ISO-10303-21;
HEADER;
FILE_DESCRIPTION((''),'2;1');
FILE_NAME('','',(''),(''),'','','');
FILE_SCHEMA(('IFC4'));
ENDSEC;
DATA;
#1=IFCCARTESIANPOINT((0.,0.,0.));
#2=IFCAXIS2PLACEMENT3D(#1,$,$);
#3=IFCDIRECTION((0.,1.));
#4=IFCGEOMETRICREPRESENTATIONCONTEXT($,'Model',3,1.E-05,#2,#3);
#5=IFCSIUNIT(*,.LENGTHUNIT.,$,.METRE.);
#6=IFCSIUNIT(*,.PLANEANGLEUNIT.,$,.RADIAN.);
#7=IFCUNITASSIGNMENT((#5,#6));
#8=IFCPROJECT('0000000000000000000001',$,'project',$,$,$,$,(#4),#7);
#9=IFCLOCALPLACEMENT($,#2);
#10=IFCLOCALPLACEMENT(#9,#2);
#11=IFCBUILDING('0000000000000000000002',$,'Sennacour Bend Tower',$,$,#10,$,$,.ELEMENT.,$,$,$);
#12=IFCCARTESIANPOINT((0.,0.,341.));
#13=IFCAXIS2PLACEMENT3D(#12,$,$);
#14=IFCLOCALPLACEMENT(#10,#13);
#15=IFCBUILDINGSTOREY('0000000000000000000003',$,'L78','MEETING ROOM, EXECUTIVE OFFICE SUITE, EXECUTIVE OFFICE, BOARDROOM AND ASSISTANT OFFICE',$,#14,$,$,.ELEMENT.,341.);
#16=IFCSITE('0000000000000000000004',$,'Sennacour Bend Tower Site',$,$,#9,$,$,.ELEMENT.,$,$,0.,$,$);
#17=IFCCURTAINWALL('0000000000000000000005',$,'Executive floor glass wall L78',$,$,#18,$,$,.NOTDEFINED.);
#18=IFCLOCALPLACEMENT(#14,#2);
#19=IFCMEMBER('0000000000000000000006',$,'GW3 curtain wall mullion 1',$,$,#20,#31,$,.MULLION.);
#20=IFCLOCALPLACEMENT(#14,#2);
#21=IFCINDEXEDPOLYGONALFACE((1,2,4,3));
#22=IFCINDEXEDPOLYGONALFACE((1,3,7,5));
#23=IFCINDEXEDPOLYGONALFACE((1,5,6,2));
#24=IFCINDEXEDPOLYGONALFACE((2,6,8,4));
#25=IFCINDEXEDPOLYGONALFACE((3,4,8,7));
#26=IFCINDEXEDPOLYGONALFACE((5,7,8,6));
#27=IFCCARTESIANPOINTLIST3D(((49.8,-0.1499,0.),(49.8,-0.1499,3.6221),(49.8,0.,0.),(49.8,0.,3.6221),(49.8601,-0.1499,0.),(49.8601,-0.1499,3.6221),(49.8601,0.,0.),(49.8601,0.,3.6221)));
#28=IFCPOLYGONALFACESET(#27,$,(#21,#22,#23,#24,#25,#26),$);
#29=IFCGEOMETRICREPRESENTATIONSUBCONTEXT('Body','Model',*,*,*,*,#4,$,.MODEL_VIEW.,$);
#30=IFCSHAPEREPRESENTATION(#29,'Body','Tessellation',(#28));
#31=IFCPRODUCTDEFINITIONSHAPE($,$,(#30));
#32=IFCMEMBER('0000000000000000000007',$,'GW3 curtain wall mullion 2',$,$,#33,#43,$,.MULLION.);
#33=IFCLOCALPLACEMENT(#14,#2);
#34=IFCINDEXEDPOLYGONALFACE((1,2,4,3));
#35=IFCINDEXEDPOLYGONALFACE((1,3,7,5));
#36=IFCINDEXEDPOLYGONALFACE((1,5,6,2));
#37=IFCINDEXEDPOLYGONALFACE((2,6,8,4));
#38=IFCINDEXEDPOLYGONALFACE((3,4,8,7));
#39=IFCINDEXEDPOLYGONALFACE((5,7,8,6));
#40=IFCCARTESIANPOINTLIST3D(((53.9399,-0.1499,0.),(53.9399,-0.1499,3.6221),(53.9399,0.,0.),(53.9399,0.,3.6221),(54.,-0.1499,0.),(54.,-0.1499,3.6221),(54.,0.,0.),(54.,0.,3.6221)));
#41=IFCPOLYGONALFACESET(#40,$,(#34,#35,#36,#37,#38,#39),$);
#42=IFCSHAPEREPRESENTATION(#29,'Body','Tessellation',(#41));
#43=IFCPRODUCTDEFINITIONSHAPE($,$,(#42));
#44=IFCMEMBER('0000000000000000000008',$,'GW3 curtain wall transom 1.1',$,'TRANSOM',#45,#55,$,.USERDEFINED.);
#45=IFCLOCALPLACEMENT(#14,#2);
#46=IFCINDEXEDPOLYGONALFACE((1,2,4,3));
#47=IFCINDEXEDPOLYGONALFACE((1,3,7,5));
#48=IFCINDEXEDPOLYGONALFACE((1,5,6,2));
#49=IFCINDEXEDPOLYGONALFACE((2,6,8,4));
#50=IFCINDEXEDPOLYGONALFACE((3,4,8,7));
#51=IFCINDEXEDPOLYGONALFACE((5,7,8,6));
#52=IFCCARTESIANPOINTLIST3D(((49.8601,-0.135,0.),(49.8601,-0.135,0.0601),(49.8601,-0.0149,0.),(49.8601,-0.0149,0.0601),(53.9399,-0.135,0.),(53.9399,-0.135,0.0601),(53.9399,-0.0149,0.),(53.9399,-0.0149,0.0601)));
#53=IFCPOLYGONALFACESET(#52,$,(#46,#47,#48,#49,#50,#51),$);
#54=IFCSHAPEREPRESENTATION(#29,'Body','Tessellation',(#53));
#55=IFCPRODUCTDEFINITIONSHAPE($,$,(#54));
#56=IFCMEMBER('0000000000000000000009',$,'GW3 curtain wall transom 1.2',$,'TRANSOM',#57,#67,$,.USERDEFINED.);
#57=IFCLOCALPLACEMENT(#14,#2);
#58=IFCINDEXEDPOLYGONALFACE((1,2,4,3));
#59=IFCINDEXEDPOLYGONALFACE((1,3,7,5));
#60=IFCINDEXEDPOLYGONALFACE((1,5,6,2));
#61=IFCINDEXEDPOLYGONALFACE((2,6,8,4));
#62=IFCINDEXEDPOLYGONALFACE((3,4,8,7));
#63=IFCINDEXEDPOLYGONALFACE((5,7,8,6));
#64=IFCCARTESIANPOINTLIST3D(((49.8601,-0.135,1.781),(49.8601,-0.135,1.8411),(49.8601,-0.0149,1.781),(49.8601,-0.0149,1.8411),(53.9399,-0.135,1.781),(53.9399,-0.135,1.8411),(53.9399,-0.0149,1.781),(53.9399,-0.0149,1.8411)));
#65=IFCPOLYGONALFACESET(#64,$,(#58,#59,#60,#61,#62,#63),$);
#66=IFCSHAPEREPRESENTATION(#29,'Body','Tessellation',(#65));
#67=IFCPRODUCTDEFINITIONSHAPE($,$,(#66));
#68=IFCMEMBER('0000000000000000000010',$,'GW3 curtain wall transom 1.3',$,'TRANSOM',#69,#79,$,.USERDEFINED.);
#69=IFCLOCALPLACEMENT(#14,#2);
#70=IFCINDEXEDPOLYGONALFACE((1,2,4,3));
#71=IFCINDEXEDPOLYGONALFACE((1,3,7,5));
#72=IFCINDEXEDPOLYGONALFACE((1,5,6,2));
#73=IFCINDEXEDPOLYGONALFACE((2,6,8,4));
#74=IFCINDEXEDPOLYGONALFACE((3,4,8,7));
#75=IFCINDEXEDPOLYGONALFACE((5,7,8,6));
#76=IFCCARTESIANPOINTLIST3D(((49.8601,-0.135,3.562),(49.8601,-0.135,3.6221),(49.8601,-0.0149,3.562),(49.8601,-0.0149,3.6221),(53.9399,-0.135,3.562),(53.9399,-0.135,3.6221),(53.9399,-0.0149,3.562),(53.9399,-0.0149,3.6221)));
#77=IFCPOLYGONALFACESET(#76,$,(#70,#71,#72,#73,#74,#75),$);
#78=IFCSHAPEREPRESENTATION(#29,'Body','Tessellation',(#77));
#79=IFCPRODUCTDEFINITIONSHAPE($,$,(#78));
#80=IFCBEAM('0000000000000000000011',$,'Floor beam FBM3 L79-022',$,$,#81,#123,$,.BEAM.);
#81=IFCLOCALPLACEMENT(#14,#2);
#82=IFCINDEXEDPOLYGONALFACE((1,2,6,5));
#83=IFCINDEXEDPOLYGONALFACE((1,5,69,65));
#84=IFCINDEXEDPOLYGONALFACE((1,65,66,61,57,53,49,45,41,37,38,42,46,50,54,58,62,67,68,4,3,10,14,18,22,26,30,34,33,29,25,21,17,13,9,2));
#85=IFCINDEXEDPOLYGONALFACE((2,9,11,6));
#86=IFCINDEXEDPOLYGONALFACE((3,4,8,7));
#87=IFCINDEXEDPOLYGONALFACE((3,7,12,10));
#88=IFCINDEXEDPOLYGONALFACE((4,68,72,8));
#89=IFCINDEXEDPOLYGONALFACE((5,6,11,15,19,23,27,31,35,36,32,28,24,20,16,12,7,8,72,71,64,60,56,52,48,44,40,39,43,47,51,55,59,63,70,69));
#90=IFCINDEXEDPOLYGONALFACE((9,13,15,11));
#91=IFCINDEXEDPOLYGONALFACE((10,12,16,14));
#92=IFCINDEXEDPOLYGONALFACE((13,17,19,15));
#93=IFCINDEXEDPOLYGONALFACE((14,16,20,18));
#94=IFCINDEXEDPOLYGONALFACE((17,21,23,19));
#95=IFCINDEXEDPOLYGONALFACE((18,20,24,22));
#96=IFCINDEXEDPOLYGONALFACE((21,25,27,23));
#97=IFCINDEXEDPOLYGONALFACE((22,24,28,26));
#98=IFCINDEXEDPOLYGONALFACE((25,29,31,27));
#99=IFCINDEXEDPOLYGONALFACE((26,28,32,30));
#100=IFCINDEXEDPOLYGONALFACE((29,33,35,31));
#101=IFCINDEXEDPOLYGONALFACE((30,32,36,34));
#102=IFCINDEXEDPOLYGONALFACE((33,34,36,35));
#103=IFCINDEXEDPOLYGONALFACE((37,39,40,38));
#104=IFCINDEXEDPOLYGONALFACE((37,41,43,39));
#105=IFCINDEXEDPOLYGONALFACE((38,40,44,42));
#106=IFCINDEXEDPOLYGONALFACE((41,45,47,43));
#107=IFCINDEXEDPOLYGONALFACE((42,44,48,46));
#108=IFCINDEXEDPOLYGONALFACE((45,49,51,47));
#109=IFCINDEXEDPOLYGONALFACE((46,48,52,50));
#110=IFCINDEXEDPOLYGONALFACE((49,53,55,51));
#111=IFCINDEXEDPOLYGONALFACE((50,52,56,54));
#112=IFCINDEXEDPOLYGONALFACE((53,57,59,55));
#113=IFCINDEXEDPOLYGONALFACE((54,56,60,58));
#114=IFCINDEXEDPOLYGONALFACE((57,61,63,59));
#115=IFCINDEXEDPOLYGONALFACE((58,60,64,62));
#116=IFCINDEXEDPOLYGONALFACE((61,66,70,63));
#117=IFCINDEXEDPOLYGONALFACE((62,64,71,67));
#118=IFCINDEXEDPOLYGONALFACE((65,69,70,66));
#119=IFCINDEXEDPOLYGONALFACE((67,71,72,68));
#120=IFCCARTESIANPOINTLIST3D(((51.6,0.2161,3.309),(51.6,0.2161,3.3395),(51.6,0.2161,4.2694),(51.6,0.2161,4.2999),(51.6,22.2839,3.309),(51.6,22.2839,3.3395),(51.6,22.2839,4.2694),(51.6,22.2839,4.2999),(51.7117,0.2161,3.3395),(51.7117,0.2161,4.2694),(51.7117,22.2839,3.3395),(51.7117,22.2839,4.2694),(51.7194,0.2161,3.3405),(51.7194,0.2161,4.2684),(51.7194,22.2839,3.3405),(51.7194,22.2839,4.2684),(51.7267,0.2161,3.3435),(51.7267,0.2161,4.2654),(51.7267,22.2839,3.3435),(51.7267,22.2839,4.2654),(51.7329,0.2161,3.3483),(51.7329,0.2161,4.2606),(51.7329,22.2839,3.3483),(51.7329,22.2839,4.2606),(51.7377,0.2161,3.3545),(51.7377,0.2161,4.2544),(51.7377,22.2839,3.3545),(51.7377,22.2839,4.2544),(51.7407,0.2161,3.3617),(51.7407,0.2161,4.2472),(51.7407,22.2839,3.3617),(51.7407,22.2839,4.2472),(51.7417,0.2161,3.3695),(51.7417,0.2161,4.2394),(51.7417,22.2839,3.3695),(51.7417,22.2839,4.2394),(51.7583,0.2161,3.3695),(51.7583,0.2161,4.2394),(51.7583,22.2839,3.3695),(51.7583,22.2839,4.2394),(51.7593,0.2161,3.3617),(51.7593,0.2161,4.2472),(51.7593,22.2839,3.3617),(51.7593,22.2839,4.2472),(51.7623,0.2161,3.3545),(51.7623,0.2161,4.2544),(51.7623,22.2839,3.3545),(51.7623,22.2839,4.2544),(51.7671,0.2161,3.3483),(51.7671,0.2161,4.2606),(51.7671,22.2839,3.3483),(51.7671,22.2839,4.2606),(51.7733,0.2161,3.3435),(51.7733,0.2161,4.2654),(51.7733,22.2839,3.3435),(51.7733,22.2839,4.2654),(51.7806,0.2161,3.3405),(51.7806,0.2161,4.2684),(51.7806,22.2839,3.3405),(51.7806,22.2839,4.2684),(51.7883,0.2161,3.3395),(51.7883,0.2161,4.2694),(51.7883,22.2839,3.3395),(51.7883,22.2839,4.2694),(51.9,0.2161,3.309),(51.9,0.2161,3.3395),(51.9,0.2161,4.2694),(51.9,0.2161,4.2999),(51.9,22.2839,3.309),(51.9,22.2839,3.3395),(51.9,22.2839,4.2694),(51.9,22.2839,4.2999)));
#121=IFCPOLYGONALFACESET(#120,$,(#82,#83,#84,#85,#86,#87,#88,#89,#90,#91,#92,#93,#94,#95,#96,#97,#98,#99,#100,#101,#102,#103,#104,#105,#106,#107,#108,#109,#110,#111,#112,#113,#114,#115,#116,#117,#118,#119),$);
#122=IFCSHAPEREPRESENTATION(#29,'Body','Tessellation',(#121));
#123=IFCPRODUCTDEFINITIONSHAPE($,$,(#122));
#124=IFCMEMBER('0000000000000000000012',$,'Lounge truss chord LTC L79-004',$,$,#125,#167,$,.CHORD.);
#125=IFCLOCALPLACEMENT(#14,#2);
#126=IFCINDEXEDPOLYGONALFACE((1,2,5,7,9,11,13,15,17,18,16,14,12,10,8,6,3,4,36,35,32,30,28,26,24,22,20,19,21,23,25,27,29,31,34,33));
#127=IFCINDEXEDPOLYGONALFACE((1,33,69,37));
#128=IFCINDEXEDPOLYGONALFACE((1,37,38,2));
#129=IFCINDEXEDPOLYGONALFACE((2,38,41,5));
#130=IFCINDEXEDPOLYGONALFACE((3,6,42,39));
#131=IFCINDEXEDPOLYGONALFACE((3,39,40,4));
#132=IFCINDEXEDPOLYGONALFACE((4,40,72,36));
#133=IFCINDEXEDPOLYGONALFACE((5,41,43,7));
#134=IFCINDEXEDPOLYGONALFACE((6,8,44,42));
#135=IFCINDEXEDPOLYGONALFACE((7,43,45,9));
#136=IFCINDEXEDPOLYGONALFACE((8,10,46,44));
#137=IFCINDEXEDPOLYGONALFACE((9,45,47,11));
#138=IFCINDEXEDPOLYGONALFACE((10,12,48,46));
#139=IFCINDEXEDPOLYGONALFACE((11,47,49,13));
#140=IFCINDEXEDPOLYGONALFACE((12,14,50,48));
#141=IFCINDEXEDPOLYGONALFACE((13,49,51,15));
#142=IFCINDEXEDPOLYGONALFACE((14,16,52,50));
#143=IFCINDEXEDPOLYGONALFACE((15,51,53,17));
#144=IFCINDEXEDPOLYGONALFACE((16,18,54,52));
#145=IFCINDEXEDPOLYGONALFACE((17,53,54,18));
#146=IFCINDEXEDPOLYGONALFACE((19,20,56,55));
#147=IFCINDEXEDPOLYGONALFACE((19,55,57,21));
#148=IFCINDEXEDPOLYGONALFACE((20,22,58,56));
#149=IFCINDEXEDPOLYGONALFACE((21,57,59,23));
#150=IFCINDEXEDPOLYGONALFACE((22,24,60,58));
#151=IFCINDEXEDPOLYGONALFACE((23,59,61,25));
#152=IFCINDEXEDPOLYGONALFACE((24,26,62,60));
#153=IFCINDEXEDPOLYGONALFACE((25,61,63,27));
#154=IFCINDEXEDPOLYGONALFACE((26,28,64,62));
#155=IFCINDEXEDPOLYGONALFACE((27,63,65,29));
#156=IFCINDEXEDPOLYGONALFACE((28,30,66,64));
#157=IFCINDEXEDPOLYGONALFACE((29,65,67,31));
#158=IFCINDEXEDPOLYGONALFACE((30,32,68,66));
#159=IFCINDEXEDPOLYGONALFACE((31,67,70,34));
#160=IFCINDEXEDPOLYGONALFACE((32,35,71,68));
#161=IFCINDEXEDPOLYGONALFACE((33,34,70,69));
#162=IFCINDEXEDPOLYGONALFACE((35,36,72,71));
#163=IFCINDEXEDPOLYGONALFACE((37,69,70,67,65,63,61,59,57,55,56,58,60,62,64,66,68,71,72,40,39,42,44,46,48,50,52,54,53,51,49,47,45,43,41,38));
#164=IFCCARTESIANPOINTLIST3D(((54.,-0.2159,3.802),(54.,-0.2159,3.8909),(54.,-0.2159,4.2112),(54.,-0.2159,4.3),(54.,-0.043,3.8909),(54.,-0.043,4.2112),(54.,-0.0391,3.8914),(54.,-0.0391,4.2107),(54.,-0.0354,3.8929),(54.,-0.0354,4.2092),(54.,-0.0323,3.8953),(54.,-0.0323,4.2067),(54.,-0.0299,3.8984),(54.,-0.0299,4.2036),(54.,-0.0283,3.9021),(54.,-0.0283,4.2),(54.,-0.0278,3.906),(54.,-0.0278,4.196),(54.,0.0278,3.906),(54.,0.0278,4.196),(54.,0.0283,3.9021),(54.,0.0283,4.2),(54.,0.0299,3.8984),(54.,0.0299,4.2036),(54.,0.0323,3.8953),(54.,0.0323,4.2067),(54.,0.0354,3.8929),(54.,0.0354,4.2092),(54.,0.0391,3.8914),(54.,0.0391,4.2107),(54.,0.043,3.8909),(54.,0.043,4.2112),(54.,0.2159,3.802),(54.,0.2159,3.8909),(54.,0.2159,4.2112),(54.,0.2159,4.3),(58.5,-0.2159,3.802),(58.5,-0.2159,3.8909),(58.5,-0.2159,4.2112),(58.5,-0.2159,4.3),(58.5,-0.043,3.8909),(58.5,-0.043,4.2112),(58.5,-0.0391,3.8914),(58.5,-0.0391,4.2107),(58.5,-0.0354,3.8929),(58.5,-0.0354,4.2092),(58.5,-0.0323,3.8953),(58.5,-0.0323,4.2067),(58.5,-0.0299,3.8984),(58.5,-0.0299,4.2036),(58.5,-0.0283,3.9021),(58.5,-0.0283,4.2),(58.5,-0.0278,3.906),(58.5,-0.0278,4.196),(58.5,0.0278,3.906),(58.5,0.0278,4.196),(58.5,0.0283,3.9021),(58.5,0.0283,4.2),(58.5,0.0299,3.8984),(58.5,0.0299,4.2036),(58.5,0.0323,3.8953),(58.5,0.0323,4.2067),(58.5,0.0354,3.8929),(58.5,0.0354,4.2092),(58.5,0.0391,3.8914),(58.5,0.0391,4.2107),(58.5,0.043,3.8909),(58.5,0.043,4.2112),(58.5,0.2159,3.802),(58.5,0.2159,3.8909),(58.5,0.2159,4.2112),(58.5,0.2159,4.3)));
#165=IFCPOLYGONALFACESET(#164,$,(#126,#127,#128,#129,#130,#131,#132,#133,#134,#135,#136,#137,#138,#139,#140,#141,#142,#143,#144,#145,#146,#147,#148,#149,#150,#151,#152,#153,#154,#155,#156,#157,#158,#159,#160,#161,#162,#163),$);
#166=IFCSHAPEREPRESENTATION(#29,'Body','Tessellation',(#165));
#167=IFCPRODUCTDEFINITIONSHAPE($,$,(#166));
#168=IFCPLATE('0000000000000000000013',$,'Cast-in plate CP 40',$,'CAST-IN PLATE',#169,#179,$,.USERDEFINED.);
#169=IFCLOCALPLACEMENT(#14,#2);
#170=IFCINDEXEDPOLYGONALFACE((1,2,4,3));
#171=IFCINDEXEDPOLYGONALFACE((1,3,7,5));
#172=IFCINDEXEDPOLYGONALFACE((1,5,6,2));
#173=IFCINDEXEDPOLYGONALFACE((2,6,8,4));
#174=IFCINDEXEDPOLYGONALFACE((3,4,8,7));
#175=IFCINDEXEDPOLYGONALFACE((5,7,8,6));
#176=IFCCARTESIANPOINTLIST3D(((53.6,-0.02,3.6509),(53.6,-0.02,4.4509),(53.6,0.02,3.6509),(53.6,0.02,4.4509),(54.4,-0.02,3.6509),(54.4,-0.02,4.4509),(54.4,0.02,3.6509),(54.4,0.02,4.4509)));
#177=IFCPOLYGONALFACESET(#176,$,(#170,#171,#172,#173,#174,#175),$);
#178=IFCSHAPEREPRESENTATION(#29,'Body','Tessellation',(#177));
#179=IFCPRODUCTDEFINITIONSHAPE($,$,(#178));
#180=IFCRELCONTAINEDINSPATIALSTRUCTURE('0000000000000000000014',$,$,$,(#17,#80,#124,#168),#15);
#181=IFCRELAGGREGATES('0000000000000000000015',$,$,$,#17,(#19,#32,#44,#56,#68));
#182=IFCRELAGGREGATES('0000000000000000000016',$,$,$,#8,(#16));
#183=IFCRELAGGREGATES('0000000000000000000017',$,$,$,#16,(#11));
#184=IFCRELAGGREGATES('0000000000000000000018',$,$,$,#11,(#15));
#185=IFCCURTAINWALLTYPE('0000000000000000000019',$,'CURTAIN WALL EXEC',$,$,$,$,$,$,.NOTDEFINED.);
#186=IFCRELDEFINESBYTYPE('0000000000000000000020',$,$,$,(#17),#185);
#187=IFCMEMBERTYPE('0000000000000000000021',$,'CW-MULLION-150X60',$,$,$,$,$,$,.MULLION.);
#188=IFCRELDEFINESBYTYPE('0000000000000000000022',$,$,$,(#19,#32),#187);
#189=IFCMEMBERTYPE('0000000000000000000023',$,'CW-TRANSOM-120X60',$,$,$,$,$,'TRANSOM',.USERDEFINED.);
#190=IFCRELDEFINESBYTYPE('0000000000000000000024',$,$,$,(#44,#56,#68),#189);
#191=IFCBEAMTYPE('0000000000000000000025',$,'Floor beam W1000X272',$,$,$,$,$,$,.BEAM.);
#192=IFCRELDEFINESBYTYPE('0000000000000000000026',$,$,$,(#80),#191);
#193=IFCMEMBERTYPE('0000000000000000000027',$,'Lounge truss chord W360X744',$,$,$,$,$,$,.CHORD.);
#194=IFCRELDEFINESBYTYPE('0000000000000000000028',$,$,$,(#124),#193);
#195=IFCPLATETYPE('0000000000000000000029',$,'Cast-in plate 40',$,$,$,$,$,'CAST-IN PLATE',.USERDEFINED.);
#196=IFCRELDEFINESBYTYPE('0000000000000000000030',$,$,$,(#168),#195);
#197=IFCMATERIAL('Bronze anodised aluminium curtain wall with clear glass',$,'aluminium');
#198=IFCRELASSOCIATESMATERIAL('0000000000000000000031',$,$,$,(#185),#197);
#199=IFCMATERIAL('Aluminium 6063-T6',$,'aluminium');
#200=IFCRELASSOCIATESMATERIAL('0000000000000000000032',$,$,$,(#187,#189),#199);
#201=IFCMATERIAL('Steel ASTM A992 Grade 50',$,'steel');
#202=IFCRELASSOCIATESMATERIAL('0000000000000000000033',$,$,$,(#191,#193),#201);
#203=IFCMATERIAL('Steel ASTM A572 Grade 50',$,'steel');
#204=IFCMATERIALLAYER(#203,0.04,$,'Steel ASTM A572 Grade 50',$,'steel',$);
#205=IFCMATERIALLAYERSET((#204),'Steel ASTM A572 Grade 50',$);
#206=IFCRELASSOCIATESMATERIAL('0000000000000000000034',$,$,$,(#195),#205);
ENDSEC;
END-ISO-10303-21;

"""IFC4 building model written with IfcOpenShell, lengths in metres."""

from ifc_helpers import new_model, si_unit, direction, frame, origin, origin_2d, place, context, subcontext, project, spatial, rectangle, i_section, extrude, material, layer, layer_set, material_profile, profile_set, type_object, element, aggregate, save


model = new_model("IFC4")

# Units and contexts
model_context = context("Model", 3, precision=1e-05, world=origin(), true_north=direction((0.0, 1.0)))
body_context = subcontext(model_context, "Body", "Model", "MODEL_VIEW")
ifc_project = project(units=[si_unit("LENGTHUNIT", "METRE"), si_unit("PLANEANGLEUNIT", "RADIAN")], contexts=[model_context])

# Site, building, storey
site_placement = place(None, origin())
site = spatial("IfcSite", under=ifc_project, at=site_placement, Name="Sennacour Bend Tower Site", CompositionType="ELEMENT", RefElevation=0.0)
building_placement = place(site_placement, origin())
building = spatial("IfcBuilding", under=site, at=building_placement, Name="Sennacour Bend Tower", CompositionType="ELEMENT")
storey_placement = place(building_placement, frame((0.0, 0.0, 341.0)))
storey = spatial("IfcBuildingStorey", under=building, at=storey_placement, Name="L78", Description="MEETING ROOM, EXECUTIVE OFFICE SUITE, EXECUTIVE OFFICE, BOARDROOM AND ASSISTANT OFFICE", CompositionType="ELEMENT", Elevation=341.0)

# Curtain wall, members
ifc_material_1 = material(Name="Bronze anodised aluminium curtain wall with clear glass", Category="aluminium")
curtain_wall_type = type_object("IfcCurtainWallType", Name="CURTAIN WALL EXEC", PredefinedType="NOTDEFINED", material=ifc_material_1)
curtain_wall_placement = place(storey_placement, origin())
curtain_wall = element("IfcCurtainWall", 1, at=curtain_wall_placement, inside=storey, type_object=curtain_wall_type, Name="Executive floor glass wall L78", PredefinedType="NOTDEFINED")
ifc_material_2 = material(Name="Aluminium 6063-T6", Category="aluminium")
ifc_material_profile_1 = material_profile(ifc_material_2, rectangle(XDim=0.1499, YDim=0.0601, at=origin_2d()), Name="Aluminium 6063-T6", Category="aluminium")
ifc_profile_set_1 = profile_set([ifc_material_profile_1], Name="Aluminium 6063-T6")
member_type_1 = type_object("IfcMemberType", Name="CW-MULLION-150X60", PredefinedType="MULLION", material=ifc_profile_set_1)
member_1_placement = place(storey_placement, frame((49.8301, -0.075, 0.0), z_axis=(0.0, 0.0, 1.0), x_axis=(0.0, 1.0, 0.0)))
member_1 = element("IfcMember", 2, at=member_1_placement, type_object=member_type_1, Name="GW3 curtain wall mullion 1", PredefinedType="MULLION", context=body_context, shape_type="SweptSolid", body=[
    extrude(rectangle(XDim=0.1499, YDim=0.0601, at=origin_2d()), origin(), (0.0, 0.0, 1.0), 3.6221),
])
member_2_placement = place(storey_placement, frame((53.97, -0.075, 0.0), z_axis=(0.0, 0.0, 1.0), x_axis=(0.0, 1.0, 0.0)))
member_2 = element("IfcMember", 3, at=member_2_placement, type_object=member_type_1, Name="GW3 curtain wall mullion 2", PredefinedType="MULLION", context=body_context, shape_type="SweptSolid", body=[
    extrude(rectangle(XDim=0.1499, YDim=0.0601, at=origin_2d()), origin(), (0.0, 0.0, 1.0), 3.6221),
])
ifc_material_profile_2 = material_profile(ifc_material_2, rectangle(XDim=0.1201, YDim=0.0601, at=origin_2d()), Name="Aluminium 6063-T6", Category="aluminium")
ifc_profile_set_2 = profile_set([ifc_material_profile_2], Name="Aluminium 6063-T6")
member_type_2 = type_object("IfcMemberType", Name="CW-TRANSOM-120X60", ElementType="TRANSOM", PredefinedType="USERDEFINED", material=ifc_profile_set_2)
member_3_placement = place(storey_placement, frame((49.8601, -0.075, 0.03), z_axis=(1.0, 0.0, 0.0), x_axis=(0.0, 1.0, 0.0)))
member_3 = element("IfcMember", 4, at=member_3_placement, type_object=member_type_2, Name="GW3 curtain wall transom 1.1", ObjectType="TRANSOM", PredefinedType="USERDEFINED", context=body_context, shape_type="SweptSolid", body=[
    extrude(rectangle(XDim=0.1201, YDim=0.0601, at=origin_2d()), origin(), (0.0, 0.0, 1.0), 4.0798),
])
member_4_placement = place(storey_placement, frame((49.8601, -0.075, 1.811), z_axis=(1.0, 0.0, 0.0), x_axis=(0.0, 1.0, 0.0)))
member_4 = element("IfcMember", 5, at=member_4_placement, type_object=member_type_2, Name="GW3 curtain wall transom 1.2", ObjectType="TRANSOM", PredefinedType="USERDEFINED", context=body_context, shape_type="SweptSolid", body=[
    extrude(rectangle(XDim=0.1201, YDim=0.0601, at=origin_2d()), origin(), (0.0, 0.0, 1.0), 4.0798),
])
member_5_placement = place(storey_placement, frame((49.8601, -0.075, 3.592), z_axis=(1.0, 0.0, 0.0), x_axis=(0.0, 1.0, 0.0)))
member_5 = element("IfcMember", 6, at=member_5_placement, type_object=member_type_2, Name="GW3 curtain wall transom 1.3", ObjectType="TRANSOM", PredefinedType="USERDEFINED", context=body_context, shape_type="SweptSolid", body=[
    extrude(rectangle(XDim=0.1201, YDim=0.0601, at=origin_2d()), origin(), (0.0, 0.0, 1.0), 4.0798),
])

# Beam
ifc_material_3 = material(Name="Steel ASTM A992 Grade 50", Category="steel")
ifc_material_profile_3 = material_profile(ifc_material_3, i_section(OverallWidth=0.3, OverallDepth=0.991, WebThickness=0.0166, FlangeThickness=0.0305, FilletRadius=0.03, at=origin_2d()), Name="Steel ASTM A992 Grade 50", Category="steel")
ifc_profile_set_3 = profile_set([ifc_material_profile_3], Name="Steel ASTM A992 Grade 50")
beam_type = type_object("IfcBeamType", Name="Floor beam W1000X272", PredefinedType="BEAM", material=ifc_profile_set_3)
beam_placement = place(storey_placement, frame((51.75, 0.2161, 3.8044), z_axis=(0.0, 1.0, 0.0), x_axis=(-1.0, 0.0, 0.0)))
element("IfcBeam", 7, at=beam_placement, inside=storey, type_object=beam_type, Name="Floor beam FBM3 L79-022", PredefinedType="BEAM", context=body_context, shape_type="SweptSolid", body=[
    extrude(i_section(OverallWidth=0.3, OverallDepth=0.991, WebThickness=0.0166, FlangeThickness=0.0305, FilletRadius=0.03, at=origin_2d()), origin(), (0.0, 0.0, 1.0), 22.0679),
])

# Member
ifc_material_profile_4 = material_profile(ifc_material_3, i_section(OverallWidth=0.4319, OverallDepth=0.498, WebThickness=0.0557, FlangeThickness=0.0889, FilletRadius=0.0151, at=origin_2d()), Name="Steel ASTM A992 Grade 50", Category="steel")
ifc_profile_set_4 = profile_set([ifc_material_profile_4], Name="Steel ASTM A992 Grade 50")
member_type_3 = type_object("IfcMemberType", Name="Lounge truss chord W360X744", PredefinedType="CHORD", material=ifc_profile_set_4)
member_6_placement = place(storey_placement, frame((54.0, 0.0, 4.051), z_axis=(1.0, 0.0, 0.0), x_axis=(0.0, 1.0, 0.0)))
element("IfcMember", 8, at=member_6_placement, inside=storey, type_object=member_type_3, Name="Lounge truss chord LTC L79-004", PredefinedType="CHORD", context=body_context, shape_type="SweptSolid", body=[
    extrude(i_section(OverallWidth=0.4319, OverallDepth=0.498, WebThickness=0.0557, FlangeThickness=0.0889, FilletRadius=0.0151, at=origin_2d()), origin(), (0.0, 0.0, 1.0), 4.5),
])

# Plate
ifc_material_4 = material(Name="Steel ASTM A572 Grade 50", Category="steel")
ifc_layer_1 = layer(ifc_material_4, 0.04, Name="Steel ASTM A572 Grade 50", Category="steel")
ifc_layer_set_1 = layer_set([ifc_layer_1], Name="Steel ASTM A572 Grade 50")
plate_type_1 = type_object("IfcPlateType", Name="Cast-in plate 40", ElementType="CAST-IN PLATE", PredefinedType="USERDEFINED", material=ifc_layer_set_1)
plate_1_placement = place(storey_placement, frame((54.0, 0.0, 3.6509), z_axis=(0.0, 0.0, 1.0), x_axis=(1.0, 0.0, 0.0)))
element("IfcPlate", 9, at=plate_1_placement, inside=storey, type_object=plate_type_1, Name="Cast-in plate CP 40", ObjectType="CAST-IN PLATE", PredefinedType="USERDEFINED", context=body_context, shape_type="SweptSolid", body=[
    extrude(rectangle(XDim=0.8, YDim=0.04, at=origin_2d()), origin(), (0.0, 0.0, 1.0), 0.8),
])
aggregate(curtain_wall, [member_1, member_2, member_3, member_4, member_5])

save(model, "model.ifc")
